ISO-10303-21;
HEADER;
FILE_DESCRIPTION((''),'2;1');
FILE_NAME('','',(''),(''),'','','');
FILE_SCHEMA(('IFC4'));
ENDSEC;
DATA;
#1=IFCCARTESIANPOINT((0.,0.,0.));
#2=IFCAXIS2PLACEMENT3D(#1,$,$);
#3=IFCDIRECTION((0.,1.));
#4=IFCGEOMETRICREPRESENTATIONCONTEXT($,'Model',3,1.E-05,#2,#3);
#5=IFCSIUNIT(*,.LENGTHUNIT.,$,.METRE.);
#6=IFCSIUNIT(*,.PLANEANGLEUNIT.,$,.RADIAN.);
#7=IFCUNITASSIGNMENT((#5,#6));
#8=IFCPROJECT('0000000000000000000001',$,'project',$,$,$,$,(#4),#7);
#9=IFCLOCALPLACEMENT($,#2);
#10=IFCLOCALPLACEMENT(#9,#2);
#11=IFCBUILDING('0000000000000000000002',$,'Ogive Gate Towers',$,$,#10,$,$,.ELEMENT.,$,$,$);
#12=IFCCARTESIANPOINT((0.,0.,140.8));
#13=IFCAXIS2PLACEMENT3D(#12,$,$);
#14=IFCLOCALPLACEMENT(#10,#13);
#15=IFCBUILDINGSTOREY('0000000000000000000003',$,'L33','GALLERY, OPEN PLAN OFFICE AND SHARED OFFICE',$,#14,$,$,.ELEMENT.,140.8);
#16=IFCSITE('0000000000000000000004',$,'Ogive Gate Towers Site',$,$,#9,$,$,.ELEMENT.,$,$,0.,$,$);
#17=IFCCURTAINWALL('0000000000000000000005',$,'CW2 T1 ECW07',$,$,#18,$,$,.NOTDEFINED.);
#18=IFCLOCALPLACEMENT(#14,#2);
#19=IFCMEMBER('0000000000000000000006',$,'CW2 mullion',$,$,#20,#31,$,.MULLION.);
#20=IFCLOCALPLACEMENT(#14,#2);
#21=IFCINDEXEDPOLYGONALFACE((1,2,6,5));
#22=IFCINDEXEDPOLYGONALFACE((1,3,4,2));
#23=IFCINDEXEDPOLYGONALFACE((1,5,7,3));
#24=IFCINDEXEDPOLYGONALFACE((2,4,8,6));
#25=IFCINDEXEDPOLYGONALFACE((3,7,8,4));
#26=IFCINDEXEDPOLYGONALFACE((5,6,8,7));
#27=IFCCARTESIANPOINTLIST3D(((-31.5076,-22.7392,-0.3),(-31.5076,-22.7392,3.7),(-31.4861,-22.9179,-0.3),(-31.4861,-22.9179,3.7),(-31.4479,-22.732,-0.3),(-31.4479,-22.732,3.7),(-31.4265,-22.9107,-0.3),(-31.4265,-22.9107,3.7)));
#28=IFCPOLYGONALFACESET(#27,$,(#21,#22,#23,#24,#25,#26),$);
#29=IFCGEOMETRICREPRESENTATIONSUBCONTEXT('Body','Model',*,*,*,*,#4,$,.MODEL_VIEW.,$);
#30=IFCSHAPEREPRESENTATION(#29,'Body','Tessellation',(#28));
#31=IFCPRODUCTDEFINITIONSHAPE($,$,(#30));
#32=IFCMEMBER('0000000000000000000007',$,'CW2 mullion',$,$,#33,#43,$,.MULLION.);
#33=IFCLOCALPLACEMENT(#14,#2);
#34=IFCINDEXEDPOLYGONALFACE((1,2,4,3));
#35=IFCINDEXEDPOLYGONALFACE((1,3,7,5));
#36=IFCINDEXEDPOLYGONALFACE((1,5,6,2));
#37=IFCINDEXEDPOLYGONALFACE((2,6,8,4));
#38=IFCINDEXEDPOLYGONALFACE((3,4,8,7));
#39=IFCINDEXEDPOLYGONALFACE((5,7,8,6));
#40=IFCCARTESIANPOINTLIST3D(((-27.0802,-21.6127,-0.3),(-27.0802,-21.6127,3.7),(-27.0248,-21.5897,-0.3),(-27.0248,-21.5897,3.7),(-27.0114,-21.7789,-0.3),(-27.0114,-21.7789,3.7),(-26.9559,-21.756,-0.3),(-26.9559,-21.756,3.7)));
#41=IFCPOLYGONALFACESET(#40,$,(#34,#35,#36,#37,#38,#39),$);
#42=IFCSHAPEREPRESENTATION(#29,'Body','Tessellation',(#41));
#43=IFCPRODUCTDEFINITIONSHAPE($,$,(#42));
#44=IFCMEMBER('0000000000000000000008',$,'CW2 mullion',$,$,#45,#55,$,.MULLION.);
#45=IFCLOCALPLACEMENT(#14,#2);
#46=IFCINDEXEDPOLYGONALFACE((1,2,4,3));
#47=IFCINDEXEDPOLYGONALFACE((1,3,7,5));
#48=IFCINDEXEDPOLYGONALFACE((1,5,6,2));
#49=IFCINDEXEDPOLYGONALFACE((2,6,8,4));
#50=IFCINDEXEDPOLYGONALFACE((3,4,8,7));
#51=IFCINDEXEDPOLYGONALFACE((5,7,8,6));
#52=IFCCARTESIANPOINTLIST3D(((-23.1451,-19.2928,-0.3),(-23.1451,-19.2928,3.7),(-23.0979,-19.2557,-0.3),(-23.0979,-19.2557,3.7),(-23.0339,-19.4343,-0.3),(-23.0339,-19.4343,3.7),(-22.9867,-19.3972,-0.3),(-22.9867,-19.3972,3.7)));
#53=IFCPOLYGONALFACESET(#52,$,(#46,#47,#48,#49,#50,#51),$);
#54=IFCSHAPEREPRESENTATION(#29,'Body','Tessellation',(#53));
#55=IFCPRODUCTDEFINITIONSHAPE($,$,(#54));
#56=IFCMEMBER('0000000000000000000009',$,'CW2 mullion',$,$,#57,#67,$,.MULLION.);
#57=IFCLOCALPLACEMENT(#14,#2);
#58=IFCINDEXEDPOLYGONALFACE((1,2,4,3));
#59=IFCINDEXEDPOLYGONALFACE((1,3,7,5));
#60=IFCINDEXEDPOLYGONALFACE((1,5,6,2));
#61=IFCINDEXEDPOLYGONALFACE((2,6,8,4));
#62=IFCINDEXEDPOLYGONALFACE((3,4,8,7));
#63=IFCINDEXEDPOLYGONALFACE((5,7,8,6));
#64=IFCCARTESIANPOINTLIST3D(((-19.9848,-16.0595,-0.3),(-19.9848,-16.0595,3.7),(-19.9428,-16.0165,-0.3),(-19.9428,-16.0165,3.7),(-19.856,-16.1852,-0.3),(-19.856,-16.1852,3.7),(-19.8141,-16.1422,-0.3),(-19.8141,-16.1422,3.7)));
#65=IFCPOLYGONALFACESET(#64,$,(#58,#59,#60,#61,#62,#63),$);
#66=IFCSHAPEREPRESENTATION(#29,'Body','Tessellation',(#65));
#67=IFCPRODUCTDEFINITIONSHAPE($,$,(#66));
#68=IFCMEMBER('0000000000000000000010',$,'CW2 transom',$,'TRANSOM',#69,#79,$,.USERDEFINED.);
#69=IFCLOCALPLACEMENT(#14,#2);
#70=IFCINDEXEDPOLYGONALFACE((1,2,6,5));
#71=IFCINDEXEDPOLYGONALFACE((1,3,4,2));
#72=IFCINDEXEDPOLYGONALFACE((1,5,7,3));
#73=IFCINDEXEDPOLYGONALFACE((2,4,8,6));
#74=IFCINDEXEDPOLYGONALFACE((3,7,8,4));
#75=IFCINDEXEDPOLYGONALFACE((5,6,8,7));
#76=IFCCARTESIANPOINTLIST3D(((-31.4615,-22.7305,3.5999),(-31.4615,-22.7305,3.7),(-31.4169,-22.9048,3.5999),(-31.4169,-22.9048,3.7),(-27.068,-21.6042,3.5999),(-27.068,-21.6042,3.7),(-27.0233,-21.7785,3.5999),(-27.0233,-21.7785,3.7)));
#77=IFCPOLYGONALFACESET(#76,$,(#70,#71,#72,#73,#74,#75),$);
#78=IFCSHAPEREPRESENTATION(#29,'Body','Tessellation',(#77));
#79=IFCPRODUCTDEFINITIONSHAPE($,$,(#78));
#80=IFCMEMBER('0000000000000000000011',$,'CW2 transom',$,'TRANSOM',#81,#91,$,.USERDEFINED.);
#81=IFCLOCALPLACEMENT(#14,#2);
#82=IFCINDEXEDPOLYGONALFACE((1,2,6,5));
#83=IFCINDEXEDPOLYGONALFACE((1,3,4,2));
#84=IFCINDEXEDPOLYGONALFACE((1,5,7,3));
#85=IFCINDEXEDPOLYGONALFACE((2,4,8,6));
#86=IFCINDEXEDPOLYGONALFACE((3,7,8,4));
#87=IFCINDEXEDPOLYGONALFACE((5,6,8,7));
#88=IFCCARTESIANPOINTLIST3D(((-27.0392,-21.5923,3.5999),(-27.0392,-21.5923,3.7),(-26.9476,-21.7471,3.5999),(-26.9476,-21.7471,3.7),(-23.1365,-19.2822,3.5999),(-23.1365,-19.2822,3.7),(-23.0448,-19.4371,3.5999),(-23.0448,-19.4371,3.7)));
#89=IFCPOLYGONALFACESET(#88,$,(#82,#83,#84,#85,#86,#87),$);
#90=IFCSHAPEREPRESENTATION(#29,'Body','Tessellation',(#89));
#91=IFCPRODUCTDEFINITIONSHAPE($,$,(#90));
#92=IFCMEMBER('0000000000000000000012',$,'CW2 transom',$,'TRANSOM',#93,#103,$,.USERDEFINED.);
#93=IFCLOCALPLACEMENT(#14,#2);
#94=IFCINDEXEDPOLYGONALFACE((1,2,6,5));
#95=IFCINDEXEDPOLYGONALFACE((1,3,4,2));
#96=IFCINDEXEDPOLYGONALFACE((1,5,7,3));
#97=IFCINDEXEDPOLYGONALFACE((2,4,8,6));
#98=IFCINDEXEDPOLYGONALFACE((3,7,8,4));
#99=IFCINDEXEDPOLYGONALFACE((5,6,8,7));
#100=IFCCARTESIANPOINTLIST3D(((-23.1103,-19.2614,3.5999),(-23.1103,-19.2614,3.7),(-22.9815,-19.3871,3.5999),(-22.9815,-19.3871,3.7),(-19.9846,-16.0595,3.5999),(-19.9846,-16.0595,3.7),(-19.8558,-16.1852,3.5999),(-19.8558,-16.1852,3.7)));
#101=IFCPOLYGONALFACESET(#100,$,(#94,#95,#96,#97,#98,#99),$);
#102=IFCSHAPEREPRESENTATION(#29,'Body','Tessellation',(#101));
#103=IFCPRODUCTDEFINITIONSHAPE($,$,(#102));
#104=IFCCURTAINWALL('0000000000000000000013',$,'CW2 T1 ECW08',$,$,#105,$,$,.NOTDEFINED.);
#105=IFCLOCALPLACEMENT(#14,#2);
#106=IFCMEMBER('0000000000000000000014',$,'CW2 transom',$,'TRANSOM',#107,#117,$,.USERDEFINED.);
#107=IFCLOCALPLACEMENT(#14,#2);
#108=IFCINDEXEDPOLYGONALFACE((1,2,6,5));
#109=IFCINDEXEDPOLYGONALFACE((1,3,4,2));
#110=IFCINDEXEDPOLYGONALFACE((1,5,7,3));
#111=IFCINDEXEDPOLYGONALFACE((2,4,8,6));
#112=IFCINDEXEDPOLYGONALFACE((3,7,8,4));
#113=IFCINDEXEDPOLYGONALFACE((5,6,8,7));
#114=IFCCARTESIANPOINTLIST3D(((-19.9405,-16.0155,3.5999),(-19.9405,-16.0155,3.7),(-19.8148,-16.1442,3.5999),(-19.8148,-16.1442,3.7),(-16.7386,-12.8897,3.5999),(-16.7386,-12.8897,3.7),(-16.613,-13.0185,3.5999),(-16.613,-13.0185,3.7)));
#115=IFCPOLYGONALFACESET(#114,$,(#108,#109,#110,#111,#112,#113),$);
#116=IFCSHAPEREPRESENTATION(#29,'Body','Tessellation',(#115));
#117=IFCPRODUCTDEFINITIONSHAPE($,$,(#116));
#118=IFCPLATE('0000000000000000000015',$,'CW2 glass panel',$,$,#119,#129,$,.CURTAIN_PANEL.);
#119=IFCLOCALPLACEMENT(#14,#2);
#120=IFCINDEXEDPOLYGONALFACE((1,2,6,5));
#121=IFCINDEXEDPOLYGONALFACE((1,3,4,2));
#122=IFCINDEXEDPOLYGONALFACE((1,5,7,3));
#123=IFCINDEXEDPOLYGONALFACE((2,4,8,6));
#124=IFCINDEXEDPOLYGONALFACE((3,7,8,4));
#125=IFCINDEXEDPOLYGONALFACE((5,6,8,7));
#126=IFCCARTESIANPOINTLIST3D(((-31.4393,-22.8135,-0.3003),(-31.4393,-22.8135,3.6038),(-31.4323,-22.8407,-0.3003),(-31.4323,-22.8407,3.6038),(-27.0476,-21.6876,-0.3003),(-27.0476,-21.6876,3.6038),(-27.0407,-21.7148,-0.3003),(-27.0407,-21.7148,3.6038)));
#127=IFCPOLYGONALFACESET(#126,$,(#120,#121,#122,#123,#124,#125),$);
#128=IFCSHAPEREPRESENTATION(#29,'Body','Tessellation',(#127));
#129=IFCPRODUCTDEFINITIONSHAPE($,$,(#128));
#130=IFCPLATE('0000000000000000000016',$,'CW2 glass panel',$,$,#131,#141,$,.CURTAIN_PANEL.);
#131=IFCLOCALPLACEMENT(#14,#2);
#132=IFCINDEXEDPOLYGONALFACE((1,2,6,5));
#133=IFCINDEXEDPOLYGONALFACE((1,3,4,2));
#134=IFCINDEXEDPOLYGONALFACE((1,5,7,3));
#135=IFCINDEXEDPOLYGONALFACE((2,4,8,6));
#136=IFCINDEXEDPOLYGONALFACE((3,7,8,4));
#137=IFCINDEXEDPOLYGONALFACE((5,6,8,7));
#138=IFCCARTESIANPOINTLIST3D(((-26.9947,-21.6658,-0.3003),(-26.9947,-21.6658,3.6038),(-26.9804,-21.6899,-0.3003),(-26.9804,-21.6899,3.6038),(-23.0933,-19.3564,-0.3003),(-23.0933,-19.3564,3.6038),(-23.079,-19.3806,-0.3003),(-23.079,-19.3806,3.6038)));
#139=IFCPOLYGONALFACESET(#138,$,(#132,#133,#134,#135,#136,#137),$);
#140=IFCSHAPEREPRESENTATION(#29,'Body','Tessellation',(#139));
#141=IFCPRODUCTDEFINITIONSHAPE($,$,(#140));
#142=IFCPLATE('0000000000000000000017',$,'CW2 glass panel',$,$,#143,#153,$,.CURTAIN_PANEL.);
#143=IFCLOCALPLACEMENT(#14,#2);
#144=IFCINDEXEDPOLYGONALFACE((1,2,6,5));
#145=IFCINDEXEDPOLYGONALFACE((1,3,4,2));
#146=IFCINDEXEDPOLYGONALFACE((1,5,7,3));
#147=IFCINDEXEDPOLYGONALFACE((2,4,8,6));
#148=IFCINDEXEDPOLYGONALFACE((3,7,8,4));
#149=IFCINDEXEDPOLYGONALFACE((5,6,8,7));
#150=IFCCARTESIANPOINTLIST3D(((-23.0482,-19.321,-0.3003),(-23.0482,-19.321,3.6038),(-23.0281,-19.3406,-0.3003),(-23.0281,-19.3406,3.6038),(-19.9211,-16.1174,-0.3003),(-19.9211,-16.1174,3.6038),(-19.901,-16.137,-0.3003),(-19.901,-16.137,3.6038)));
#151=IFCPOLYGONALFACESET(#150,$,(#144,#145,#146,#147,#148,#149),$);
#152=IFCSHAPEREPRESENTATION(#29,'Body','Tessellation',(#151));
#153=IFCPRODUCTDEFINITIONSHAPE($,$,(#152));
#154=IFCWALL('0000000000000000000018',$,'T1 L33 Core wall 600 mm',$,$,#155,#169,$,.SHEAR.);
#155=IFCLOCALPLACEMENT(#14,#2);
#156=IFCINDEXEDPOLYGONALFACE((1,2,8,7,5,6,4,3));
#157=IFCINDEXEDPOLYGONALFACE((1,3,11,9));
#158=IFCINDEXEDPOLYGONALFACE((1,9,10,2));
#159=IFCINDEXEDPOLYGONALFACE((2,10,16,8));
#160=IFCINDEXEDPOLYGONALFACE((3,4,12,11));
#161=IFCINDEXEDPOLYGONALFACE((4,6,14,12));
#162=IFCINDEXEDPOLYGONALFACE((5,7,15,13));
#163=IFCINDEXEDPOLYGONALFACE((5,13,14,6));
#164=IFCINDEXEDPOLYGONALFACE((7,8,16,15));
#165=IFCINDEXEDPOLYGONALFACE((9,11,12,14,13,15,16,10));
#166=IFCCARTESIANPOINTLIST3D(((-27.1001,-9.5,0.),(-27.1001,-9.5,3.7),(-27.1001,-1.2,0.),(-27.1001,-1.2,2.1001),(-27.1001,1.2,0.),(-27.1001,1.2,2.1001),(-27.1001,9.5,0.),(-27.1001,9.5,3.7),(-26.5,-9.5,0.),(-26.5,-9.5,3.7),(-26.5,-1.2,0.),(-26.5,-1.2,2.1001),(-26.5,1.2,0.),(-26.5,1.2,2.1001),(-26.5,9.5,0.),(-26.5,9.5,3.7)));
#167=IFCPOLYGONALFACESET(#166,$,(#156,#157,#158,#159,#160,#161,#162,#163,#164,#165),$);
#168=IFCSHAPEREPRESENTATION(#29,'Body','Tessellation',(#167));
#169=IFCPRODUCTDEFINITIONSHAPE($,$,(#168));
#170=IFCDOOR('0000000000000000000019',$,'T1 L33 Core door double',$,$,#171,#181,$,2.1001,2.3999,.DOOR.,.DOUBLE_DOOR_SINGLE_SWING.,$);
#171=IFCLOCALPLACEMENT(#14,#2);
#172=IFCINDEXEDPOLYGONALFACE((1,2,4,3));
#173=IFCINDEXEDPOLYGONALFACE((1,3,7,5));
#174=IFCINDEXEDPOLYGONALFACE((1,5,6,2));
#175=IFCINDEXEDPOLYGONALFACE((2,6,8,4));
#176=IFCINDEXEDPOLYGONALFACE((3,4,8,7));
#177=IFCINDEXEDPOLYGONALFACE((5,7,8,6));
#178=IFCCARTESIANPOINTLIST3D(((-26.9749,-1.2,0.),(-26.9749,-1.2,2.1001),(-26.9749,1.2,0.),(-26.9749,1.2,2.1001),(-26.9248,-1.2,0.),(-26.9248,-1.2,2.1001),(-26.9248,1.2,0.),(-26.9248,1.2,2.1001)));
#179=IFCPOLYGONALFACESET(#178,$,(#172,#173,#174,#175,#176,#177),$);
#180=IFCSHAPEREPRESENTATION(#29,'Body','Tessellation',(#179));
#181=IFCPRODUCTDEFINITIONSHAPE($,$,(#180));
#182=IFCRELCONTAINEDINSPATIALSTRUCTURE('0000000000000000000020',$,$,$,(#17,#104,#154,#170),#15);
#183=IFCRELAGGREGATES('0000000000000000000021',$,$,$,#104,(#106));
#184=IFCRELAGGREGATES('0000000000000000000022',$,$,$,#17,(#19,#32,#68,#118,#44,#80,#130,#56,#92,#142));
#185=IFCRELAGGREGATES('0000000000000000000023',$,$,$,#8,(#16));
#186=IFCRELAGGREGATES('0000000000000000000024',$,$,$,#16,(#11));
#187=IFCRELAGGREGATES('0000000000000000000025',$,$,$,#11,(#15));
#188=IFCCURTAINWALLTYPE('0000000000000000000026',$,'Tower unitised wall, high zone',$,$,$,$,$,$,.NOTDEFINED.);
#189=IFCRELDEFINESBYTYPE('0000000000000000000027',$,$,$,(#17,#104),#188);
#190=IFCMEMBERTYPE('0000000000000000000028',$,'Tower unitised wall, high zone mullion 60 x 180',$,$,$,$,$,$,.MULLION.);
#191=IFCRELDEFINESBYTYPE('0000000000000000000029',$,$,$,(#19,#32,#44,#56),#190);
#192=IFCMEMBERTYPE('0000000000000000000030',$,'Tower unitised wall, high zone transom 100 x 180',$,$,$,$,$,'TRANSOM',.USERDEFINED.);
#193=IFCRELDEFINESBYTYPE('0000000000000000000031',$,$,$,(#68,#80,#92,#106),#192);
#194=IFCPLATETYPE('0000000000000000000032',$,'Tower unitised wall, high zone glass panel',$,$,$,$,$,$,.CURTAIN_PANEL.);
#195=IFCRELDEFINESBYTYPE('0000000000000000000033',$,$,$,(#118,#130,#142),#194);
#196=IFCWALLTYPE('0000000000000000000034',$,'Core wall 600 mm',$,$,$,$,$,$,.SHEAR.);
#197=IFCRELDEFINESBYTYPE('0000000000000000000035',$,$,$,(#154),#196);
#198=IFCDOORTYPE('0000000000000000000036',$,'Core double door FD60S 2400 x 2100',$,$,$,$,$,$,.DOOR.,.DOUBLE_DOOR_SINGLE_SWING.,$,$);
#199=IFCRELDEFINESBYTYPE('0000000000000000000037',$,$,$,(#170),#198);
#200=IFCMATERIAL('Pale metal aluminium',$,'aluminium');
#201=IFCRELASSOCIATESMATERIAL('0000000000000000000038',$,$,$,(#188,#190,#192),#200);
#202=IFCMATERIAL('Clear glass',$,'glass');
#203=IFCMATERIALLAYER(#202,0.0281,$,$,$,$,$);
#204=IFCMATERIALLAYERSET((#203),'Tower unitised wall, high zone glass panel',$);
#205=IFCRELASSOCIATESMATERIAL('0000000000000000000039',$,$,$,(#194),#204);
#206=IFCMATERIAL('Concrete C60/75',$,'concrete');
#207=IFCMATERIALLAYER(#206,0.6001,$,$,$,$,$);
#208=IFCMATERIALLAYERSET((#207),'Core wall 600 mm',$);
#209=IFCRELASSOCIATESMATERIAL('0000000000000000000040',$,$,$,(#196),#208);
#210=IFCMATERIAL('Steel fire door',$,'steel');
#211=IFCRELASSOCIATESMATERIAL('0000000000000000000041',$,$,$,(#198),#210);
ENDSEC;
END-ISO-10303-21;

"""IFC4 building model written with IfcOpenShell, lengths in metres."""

from ifc_helpers import new_model, si_unit, direction, frame, frame_2d, origin, origin_2d, place, context, subcontext, project, spatial, rectangle, extrude, material, layer, layer_set, material_profile, profile_set, type_object, element, fill, aggregate, save


model = new_model("IFC4")

# Units and contexts
model_context = context("Model", 3, precision=1e-05, world=origin(), true_north=direction((0.0, 1.0)))
body_context = subcontext(model_context, "Body", "Model", "MODEL_VIEW")
ifc_project = project(units=[si_unit("LENGTHUNIT", "METRE"), si_unit("PLANEANGLEUNIT", "RADIAN")], contexts=[model_context])

# Site, building, storey
site_placement = place(None, origin())
site = spatial("IfcSite", under=ifc_project, at=site_placement, Name="Ogive Gate Towers Site", CompositionType="ELEMENT", RefElevation=0.0)
building_placement = place(site_placement, origin())
building = spatial("IfcBuilding", under=site, at=building_placement, Name="Ogive Gate Towers", CompositionType="ELEMENT")
storey_placement = place(building_placement, frame((0.0, 0.0, 140.8)))
storey = spatial("IfcBuildingStorey", under=building, at=storey_placement, Name="L33", Description="GALLERY, OPEN PLAN OFFICE AND SHARED OFFICE", CompositionType="ELEMENT", Elevation=140.8)

# Curtain wall, members
ifc_material_1 = material(Name="Pale metal aluminium", Category="aluminium")
curtain_wall_type = type_object("IfcCurtainWallType", Name="Tower unitised wall, high zone", PredefinedType="NOTDEFINED", material=ifc_material_1)
curtain_wall_1_placement = place(storey_placement, origin())
curtain_wall_1 = element("IfcCurtainWall", 1, at=curtain_wall_1_placement, inside=storey, type_object=curtain_wall_type, Name="CW2 T1 ECW07", PredefinedType="NOTDEFINED")
ifc_material_profile_1 = material_profile(ifc_material_1, rectangle(XDim=0.1799, YDim=0.0601, at=origin_2d()), Name="60 x 180 aluminium box")
ifc_profile_set_1 = profile_set([ifc_material_profile_1], Name="Pale metal aluminium")
member_type_1 = type_object("IfcMemberType", Name="Tower unitised wall, high zone mullion 60 x 180", PredefinedType="MULLION", material=ifc_profile_set_1)
member_1_placement = place(storey_placement, frame((-31.467, -22.825, -0.3), z_axis=(0.0, 0.0, 1.0), x_axis=(0.119149, -0.992876, 0.0)))
member_1 = element("IfcMember", 2, at=member_1_placement, type_object=member_type_1, Name="CW2 mullion", PredefinedType="MULLION", context=body_context, shape_type="SweptSolid", body=[
    extrude(rectangle(XDim=0.1799, YDim=0.0601, at=origin_2d()), origin(), (0.0, 0.0, 1.0), 4.0),
])
member_2_placement = place(storey_placement, frame((-27.0181, -21.6843, -0.3), z_axis=(0.0, 0.0, 1.0), x_axis=(0.382683, -0.92388, 0.0)))
member_2 = element("IfcMember", 3, at=member_2_placement, type_object=member_type_1, Name="CW2 mullion", PredefinedType="MULLION", context=body_context, shape_type="SweptSolid", body=[
    extrude(rectangle(XDim=0.1799, YDim=0.0601, at=origin_2d()), origin(), (0.0, 0.0, 1.0), 4.0),
])
member_3_placement = place(storey_placement, frame((-23.0659, -19.345, -0.3), z_axis=(0.0, 0.0, 1.0), x_axis=(0.617818, -0.786321, 0.0)))
member_3 = element("IfcMember", 4, at=member_3_placement, type_object=member_type_1, Name="CW2 mullion", PredefinedType="MULLION", context=body_context, shape_type="SweptSolid", body=[
    extrude(rectangle(XDim=0.1799, YDim=0.0601, at=origin_2d()), origin(), (0.0, 0.0, 1.0), 4.0),
])
member_4_placement = place(storey_placement, frame((-19.8994, -16.1008, -0.3), z_axis=(0.0, 0.0, 1.0), x_axis=(0.715595, -0.698515, 0.0)))
member_4 = element("IfcMember", 5, at=member_4_placement, type_object=member_type_1, Name="CW2 mullion", PredefinedType="MULLION", context=body_context, shape_type="SweptSolid", body=[
    extrude(rectangle(XDim=0.1799, YDim=0.0601, at=origin_2d()), origin(), (0.0, 0.0, 1.0), 4.0),
])
ifc_material_profile_2 = material_profile(ifc_material_1, rectangle(XDim=0.1799, YDim=0.1001, at=origin_2d()), Name="100 x 180 aluminium box")
ifc_profile_set_2 = profile_set([ifc_material_profile_2], Name="Pale metal aluminium")
member_type_2 = type_object("IfcMemberType", Name="Tower unitised wall, high zone transom 100 x 180", ElementType="TRANSOM", PredefinedType="USERDEFINED", material=ifc_profile_set_2)
member_5_placement = place(storey_placement, frame((-31.4392, -22.8176, 3.6499), z_axis=(0.968681, 0.248307, 0.0), x_axis=(-0.248307, 0.968681, 0.0)))
member_5 = element("IfcMember", 6, at=member_5_placement, type_object=member_type_2, Name="CW2 transom", ObjectType="TRANSOM", PredefinedType="USERDEFINED", context=body_context, shape_type="SweptSolid", body=[
    extrude(rectangle(XDim=0.1799, YDim=0.1001, at=origin_2d()), origin(), (0.0, 0.0, 1.0), 4.5356),
])
member_6_placement = place(storey_placement, frame((-26.9934, -21.6697, 3.6499), z_axis=(0.860555, 0.509357, 0.0), x_axis=(-0.509357, 0.860555, 0.0)))
member_6 = element("IfcMember", 7, at=member_6_placement, type_object=member_type_2, Name="CW2 transom", ObjectType="TRANSOM", PredefinedType="USERDEFINED", context=body_context, shape_type="SweptSolid", body=[
    extrude(rectangle(XDim=0.1799, YDim=0.1001, at=origin_2d()), origin(), (0.0, 0.0, 1.0), 4.5352),
])
member_7_placement = place(storey_placement, frame((-23.0459, -19.3242, 3.6499), z_axis=(0.698544, 0.715567, 0.0), x_axis=(-0.715567, 0.698544, 0.0)))
member_7 = element("IfcMember", 8, at=member_7_placement, type_object=member_type_2, Name="CW2 transom", ObjectType="TRANSOM", PredefinedType="USERDEFINED", context=body_context, shape_type="SweptSolid", body=[
    extrude(rectangle(XDim=0.1799, YDim=0.1001, at=origin_2d()), origin(), (0.0, 0.0, 1.0), 4.4746),
])

# Curtain wall, member
curtain_wall_2_placement = place(storey_placement, origin())
curtain_wall_2 = element("IfcCurtainWall", 9, at=curtain_wall_2_placement, inside=storey, type_object=curtain_wall_type, Name="CW2 T1 ECW08", PredefinedType="NOTDEFINED")
member_8_placement = place(storey_placement, frame((-19.8777, -16.0798, 3.6499), z_axis=(0.715567, 0.698544, 0.0), x_axis=(-0.698544, 0.715567, 0.0)))
member_8 = element("IfcMember", 10, at=member_8_placement, type_object=member_type_2, Name="CW2 transom", ObjectType="TRANSOM", PredefinedType="USERDEFINED", context=body_context, shape_type="SweptSolid", body=[
    extrude(rectangle(XDim=0.1799, YDim=0.1001, at=origin_2d()), origin(), (0.0, 0.0, 1.0), 4.4746),
])
aggregate(curtain_wall_2, [member_8])

# Plates
ifc_material_2 = material(Name="Clear glass", Category="glass")
ifc_layer_1 = layer(ifc_material_2, 0.0281)
ifc_layer_set_1 = layer_set([ifc_layer_1], Name="Tower unitised wall, high zone glass panel")
plate_type = type_object("IfcPlateType", Name="Tower unitised wall, high zone glass panel", PredefinedType="CURTAIN_PANEL", material=ifc_layer_set_1)
plate_1_placement = place(storey_placement, frame((-29.24, -22.2642, -0.3003), z_axis=(0.0, 0.0, 1.0), x_axis=(0.968674, 0.248335, 0.0)))
plate_1 = element("IfcPlate", 11, at=plate_1_placement, type_object=plate_type, Name="CW2 glass panel", PredefinedType="CURTAIN_PANEL", context=body_context, shape_type="SweptSolid", body=[
    extrude(rectangle(XDim=4.5337, YDim=0.0281, at=origin_2d()), origin(), (0.0, 0.0, 1.0), 3.9041),
])
plate_2_placement = place(storey_placement, frame((-25.0369, -20.5232, -0.3003), z_axis=(0.0, 0.0, 1.0), x_axis=(0.860547, 0.509372, 0.0)))
plate_2 = element("IfcPlate", 12, at=plate_2_placement, type_object=plate_type, Name="CW2 glass panel", PredefinedType="CURTAIN_PANEL", context=body_context, shape_type="SweptSolid", body=[
    extrude(rectangle(XDim=4.5337, YDim=0.0281, at=origin_2d()), origin(), (0.0, 0.0, 1.0), 3.9041),
])
plate_3_placement = place(storey_placement, frame((-21.4746, -17.729, -0.3003), z_axis=(0.0, 0.0, 1.0), x_axis=(0.698515, 0.715595, 0.0)))
plate_3 = element("IfcPlate", 13, at=plate_3_placement, type_object=plate_type, Name="CW2 glass panel", PredefinedType="CURTAIN_PANEL", context=body_context, shape_type="SweptSolid", body=[
    extrude(rectangle(XDim=4.4768, YDim=0.0281, at=origin_2d()), origin(), (0.0, 0.0, 1.0), 3.9041),
])
aggregate(curtain_wall_1, [member_1, member_2, member_5, plate_1, member_3, member_6, plate_2, member_4, member_7, plate_3])

# Wall, opening, door
ifc_material_3 = material(Name="Concrete C60/75", Category="concrete")
ifc_layer_2 = layer(ifc_material_3, 0.6001)
ifc_layer_set_2 = layer_set([ifc_layer_2], Name="Core wall 600 mm")
wall_type_1 = type_object("IfcWallType", Name="Core wall 600 mm", PredefinedType="SHEAR", material=ifc_layer_set_2)
wall_1_placement = place(storey_placement, frame((-26.8, -9.5, 0.0), z_axis=(0.0, 0.0, 1.0), x_axis=(0.0, 1.0, 0.0)))
wall_1 = element("IfcWall", 14, at=wall_1_placement, inside=storey, type_object=wall_type_1, Name="T1 L33 Core wall 600 mm", PredefinedType="SHEAR", context=body_context, shape_type="SweptSolid", body=[
    extrude(rectangle(XDim=19.0, YDim=0.6001, at=frame_2d((9.5, 0.0))), origin(), (0.0, 0.0, 1.0), 3.7),
])
opening_1_placement = place(wall_1_placement, frame((8.3, 0.0, 0.0)))
opening_1 = element("IfcOpeningElement", 15, at=opening_1_placement, cuts=wall_1, PredefinedType="OPENING", context=body_context, shape_type="SweptSolid", body=[
    extrude(rectangle(XDim=2.3999, YDim=2.1001, at=frame_2d((1.2, 1.05))), frame((0.0, 0.3101, 0.0), z_axis=(0.0, -1.0, 0.0), x_axis=(1.0, 0.0, 0.0)), (0.0, 0.0, 1.0), 0.6201),
])
ifc_material_4 = material(Name="Steel fire door", Category="steel")
door_type_1 = type_object("IfcDoorType", Name="Core double door FD60S 2400 x 2100", OperationType="DOUBLE_DOOR_SINGLE_SWING", PredefinedType="DOOR", material=ifc_material_4)
door_1_placement = place(opening_1_placement, origin())
door_1 = element("IfcDoor", 16, at=door_1_placement, inside=storey, type_object=door_type_1, Name="T1 L33 Core door double", OperationType="DOUBLE_DOOR_SINGLE_SWING", OverallHeight=2.1001, OverallWidth=2.3999, PredefinedType="DOOR", context=body_context, shape_type="SweptSolid", body=[
    extrude(rectangle(XDim=2.3999, YDim=2.1001, at=frame_2d((1.2, 1.05))), frame((0.0, 0.1748, 0.0), z_axis=(0.0, -1.0, 0.0), x_axis=(1.0, 0.0, 0.0)), (0.0, 0.0, 1.0), 0.05),
])
fill(opening_1, door_1)

save(model, "model.ifc")
